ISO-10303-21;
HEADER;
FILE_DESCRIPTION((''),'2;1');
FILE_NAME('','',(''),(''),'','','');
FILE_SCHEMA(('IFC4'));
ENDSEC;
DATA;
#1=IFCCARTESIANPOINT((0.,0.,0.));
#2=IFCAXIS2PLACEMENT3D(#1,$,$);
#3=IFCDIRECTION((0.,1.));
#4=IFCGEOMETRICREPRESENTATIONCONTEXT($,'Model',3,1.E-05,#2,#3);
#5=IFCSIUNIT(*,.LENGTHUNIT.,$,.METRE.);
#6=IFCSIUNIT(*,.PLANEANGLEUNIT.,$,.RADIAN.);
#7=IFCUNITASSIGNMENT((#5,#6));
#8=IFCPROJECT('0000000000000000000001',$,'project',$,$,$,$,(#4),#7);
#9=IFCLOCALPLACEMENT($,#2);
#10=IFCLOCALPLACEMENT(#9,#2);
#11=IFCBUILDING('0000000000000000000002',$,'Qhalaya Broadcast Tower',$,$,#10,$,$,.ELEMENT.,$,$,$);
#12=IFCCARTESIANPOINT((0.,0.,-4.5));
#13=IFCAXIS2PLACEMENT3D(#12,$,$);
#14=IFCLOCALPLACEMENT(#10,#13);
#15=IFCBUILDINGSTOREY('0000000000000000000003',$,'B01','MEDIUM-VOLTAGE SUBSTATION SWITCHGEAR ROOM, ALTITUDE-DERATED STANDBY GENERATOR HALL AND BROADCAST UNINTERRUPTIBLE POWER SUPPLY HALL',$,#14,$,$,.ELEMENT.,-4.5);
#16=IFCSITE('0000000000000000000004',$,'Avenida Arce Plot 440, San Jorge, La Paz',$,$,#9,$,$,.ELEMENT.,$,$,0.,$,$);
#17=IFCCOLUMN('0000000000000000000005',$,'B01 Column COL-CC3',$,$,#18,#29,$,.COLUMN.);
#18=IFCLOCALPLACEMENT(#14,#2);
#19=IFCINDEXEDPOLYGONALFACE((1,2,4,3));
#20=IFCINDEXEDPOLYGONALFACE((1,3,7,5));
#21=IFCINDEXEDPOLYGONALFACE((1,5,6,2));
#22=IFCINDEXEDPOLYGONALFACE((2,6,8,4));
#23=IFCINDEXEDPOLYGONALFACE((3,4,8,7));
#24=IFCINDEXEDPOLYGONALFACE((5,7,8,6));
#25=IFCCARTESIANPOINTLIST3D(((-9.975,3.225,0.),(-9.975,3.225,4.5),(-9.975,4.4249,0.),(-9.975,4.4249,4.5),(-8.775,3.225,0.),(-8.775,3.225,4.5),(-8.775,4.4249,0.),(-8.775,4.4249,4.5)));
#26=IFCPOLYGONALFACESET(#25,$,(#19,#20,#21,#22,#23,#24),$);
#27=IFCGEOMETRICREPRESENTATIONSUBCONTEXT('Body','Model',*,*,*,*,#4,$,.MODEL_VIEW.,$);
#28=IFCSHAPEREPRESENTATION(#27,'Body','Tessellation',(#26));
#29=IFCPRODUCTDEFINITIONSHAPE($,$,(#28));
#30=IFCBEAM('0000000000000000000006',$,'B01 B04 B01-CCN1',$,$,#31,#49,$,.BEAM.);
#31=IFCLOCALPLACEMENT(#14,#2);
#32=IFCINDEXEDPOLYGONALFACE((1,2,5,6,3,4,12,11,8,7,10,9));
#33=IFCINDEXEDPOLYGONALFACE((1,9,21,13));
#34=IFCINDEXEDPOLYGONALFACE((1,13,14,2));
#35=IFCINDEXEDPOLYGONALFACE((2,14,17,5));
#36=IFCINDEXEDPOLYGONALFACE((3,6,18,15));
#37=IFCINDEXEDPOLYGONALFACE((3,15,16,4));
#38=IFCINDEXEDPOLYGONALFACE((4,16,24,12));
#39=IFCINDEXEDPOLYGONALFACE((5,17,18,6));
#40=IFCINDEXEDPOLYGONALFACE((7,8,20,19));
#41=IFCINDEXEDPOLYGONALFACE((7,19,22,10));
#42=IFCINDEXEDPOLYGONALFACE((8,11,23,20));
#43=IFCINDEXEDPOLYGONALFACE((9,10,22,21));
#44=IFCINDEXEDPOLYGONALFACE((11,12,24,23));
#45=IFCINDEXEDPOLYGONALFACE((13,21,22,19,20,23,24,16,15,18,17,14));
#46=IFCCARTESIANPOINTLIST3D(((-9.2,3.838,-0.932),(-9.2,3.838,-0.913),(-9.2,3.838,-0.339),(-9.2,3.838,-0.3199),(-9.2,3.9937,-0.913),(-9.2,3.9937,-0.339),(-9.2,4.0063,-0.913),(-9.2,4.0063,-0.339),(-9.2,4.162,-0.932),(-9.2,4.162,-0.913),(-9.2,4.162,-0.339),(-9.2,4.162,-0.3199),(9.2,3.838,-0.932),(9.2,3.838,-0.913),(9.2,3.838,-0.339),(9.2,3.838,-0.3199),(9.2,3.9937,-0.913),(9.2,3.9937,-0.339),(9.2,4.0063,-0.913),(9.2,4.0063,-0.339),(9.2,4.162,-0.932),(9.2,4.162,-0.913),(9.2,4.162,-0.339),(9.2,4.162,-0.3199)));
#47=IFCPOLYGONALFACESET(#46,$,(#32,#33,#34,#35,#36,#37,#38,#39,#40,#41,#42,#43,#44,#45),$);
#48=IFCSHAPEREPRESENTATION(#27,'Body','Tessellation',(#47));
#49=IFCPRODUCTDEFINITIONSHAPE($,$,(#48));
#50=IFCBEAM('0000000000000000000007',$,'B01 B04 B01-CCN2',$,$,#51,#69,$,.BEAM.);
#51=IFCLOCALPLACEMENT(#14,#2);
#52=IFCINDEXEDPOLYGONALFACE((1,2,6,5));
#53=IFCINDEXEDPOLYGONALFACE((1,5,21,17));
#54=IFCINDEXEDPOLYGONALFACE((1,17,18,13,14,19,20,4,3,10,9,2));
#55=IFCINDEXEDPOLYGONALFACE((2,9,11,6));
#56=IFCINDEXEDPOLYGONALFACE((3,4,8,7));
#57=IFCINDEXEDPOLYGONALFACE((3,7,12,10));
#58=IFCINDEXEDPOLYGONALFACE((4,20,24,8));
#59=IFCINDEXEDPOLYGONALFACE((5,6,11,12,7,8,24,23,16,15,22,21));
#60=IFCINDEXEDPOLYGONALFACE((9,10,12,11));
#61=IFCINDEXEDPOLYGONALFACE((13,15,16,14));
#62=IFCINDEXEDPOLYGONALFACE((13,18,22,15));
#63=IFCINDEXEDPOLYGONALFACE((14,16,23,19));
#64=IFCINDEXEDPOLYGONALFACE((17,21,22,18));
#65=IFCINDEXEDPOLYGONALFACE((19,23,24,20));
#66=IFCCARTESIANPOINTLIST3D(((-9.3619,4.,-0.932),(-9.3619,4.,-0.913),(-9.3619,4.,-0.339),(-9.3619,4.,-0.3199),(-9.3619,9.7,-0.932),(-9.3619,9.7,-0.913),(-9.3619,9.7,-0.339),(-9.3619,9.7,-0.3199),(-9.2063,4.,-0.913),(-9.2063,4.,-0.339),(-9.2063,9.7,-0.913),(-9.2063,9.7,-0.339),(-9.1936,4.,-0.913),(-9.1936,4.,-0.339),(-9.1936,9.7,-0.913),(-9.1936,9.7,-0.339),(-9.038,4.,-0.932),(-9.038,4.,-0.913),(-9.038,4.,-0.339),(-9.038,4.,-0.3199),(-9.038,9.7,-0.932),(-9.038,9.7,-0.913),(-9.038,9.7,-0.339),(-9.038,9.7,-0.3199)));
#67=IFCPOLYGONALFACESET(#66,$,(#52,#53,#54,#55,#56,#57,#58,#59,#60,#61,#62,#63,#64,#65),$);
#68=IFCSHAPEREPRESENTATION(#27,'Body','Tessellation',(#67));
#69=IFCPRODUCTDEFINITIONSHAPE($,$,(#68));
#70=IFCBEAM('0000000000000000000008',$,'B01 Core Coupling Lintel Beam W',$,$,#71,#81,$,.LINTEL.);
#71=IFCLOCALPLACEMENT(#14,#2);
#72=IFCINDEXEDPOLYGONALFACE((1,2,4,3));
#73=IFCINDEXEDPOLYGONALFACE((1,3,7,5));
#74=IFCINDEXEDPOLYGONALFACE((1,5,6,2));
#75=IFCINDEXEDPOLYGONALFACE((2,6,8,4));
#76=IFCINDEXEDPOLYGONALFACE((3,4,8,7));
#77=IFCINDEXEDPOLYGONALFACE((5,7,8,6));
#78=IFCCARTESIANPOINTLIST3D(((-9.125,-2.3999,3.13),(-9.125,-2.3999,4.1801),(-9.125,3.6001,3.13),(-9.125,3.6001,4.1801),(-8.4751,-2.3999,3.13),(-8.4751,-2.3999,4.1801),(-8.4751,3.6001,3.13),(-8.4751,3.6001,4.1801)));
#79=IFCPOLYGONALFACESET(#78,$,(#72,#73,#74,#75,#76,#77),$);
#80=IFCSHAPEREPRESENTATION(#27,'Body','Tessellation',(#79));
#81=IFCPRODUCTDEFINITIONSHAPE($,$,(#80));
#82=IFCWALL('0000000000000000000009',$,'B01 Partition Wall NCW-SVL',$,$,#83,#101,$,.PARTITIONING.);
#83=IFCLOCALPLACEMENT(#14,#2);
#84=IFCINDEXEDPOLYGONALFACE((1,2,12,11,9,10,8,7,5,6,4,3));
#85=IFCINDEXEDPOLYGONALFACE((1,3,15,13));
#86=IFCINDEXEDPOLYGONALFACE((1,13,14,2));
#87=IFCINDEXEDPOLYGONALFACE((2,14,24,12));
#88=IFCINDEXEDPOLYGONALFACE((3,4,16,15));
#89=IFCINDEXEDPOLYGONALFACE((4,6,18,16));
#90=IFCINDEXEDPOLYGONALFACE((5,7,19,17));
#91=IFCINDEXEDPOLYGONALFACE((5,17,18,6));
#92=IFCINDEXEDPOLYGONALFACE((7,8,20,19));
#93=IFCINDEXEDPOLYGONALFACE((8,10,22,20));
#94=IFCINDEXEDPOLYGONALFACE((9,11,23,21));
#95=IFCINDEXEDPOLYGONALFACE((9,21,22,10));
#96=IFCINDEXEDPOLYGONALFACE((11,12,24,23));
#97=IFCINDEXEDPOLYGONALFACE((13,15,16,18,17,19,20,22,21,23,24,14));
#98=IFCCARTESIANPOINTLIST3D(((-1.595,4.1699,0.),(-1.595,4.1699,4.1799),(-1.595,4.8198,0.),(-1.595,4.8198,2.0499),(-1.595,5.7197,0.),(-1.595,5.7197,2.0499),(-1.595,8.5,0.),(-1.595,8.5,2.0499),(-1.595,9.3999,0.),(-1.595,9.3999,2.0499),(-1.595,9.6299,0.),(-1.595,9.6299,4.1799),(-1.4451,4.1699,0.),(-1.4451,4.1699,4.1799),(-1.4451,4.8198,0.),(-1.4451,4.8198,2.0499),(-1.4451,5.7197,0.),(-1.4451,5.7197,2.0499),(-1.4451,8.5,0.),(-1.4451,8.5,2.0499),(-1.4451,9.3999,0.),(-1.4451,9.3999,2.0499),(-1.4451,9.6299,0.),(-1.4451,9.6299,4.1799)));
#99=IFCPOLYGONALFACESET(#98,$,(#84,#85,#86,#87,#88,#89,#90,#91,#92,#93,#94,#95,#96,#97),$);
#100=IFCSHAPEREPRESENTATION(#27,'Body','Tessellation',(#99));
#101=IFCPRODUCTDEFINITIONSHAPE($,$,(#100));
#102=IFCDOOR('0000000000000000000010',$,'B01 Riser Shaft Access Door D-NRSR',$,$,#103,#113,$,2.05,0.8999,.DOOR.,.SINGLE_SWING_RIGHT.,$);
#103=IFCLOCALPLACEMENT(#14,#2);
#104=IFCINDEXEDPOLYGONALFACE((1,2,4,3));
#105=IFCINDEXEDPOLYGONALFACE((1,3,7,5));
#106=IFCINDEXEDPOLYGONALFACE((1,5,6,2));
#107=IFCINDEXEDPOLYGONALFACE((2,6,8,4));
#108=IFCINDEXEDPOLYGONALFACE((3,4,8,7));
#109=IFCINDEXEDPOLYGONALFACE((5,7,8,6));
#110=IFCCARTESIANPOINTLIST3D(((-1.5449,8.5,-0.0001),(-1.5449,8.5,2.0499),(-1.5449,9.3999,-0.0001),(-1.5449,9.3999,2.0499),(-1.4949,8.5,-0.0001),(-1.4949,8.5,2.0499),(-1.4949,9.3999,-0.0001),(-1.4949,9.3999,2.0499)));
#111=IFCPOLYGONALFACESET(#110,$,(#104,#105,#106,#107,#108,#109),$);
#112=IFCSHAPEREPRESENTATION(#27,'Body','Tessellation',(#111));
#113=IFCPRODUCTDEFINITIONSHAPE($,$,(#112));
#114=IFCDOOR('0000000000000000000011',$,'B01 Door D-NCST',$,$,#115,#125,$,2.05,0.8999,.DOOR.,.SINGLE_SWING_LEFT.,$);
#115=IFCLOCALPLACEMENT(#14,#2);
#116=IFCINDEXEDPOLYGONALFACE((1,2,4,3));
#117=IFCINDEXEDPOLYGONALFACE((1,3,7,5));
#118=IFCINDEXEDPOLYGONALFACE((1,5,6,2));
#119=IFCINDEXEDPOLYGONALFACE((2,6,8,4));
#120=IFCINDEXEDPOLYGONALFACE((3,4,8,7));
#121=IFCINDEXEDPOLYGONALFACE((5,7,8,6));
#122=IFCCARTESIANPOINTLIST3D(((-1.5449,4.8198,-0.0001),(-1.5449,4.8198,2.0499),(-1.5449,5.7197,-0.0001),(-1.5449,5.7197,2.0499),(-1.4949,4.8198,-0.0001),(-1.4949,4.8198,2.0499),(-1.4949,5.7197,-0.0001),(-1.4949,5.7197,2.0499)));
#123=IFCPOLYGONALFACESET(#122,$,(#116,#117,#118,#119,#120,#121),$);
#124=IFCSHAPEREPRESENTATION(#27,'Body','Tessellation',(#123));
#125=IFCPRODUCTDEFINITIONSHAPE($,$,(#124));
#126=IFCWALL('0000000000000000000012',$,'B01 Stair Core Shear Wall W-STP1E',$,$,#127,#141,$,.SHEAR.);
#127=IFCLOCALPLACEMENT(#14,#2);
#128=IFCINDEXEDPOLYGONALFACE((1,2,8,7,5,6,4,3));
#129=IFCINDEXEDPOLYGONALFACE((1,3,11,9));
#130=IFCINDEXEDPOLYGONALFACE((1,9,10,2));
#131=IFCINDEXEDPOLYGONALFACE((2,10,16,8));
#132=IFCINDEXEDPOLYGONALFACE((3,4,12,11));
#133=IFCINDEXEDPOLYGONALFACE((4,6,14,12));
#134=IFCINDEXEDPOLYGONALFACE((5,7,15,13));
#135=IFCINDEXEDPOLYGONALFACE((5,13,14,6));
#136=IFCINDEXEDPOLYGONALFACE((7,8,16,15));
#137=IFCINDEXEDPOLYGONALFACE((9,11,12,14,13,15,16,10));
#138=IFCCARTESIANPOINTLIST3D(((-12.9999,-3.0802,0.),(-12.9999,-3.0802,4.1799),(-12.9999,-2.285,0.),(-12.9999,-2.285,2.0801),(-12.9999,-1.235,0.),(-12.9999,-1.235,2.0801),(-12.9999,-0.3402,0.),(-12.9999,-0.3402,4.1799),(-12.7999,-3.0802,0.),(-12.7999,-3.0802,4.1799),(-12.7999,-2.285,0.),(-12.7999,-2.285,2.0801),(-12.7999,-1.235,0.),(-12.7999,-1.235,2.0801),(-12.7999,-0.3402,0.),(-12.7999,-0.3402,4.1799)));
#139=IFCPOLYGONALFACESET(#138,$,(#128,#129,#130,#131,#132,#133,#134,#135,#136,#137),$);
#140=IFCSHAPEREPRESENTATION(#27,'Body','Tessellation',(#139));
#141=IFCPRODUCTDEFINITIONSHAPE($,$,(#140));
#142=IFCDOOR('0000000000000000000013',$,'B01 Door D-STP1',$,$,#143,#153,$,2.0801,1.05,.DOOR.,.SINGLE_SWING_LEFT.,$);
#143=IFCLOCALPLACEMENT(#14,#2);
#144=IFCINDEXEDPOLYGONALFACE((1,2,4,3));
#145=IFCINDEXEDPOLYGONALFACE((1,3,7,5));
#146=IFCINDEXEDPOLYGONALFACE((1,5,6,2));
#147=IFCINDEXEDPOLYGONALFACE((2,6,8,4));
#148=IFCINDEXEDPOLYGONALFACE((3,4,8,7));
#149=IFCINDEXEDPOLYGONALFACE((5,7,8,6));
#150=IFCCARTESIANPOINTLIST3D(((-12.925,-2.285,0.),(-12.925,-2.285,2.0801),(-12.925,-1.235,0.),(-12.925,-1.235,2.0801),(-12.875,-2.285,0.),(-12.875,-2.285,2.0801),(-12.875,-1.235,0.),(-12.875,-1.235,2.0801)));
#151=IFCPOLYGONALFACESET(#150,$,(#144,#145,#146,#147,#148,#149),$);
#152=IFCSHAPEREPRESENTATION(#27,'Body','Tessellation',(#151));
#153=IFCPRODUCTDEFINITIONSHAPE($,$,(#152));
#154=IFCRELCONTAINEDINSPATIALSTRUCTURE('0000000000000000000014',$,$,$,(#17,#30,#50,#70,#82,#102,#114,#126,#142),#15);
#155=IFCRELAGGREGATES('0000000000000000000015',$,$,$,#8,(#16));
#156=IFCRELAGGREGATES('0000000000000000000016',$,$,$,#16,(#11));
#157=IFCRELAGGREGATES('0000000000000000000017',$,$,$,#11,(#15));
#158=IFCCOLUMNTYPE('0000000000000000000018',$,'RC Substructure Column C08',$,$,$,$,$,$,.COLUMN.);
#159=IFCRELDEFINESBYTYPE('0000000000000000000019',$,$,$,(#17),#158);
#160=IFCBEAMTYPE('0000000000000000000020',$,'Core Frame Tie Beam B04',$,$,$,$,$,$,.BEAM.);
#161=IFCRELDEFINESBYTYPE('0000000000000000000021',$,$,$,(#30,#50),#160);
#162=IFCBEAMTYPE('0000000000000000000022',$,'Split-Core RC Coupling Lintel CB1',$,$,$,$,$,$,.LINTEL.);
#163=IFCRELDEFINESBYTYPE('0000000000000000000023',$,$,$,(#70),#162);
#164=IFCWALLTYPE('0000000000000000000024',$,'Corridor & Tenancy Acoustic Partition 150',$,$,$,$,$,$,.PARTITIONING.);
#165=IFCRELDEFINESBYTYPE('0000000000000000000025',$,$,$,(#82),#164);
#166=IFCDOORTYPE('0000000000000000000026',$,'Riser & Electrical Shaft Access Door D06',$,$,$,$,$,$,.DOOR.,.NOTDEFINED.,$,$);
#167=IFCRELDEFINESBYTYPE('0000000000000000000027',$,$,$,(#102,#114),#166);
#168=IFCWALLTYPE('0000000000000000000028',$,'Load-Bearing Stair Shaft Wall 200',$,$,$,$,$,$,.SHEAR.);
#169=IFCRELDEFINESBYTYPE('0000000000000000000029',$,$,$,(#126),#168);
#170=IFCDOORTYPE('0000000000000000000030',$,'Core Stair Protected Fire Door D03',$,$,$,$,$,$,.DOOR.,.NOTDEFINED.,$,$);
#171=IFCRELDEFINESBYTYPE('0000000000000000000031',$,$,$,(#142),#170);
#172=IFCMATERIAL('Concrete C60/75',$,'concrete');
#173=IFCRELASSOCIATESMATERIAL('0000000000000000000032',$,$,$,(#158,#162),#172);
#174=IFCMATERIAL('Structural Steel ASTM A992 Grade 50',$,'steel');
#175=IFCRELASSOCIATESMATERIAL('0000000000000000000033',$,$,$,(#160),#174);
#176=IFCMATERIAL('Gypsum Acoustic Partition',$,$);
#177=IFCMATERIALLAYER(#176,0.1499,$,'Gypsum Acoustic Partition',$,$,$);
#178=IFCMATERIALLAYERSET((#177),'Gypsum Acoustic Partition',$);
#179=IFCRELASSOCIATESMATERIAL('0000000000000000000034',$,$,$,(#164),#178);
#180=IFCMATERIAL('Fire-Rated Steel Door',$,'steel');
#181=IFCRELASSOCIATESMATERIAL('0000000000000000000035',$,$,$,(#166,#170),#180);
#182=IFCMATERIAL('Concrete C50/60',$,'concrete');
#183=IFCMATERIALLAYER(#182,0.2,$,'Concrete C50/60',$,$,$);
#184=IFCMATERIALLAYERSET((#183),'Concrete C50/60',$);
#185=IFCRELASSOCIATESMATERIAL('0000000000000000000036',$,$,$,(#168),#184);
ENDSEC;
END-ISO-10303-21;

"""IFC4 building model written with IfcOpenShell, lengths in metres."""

from ifc_helpers import new_model, si_unit, direction, frame, frame_2d, origin, origin_2d, place, context, subcontext, project, spatial, rectangle, i_section, extrude, material, layer, layer_set, material_profile, profile_set, type_object, element, fill, save


model = new_model("IFC4")

# Units and contexts
model_context = context("Model", 3, precision=1e-05, world=origin(), true_north=direction((0.0, 1.0)))
body_context = subcontext(model_context, "Body", "Model", "MODEL_VIEW")
ifc_project = project(units=[si_unit("LENGTHUNIT", "METRE"), si_unit("PLANEANGLEUNIT", "RADIAN")], contexts=[model_context])

# Site, building, storey
site_placement = place(None, origin())
site = spatial("IfcSite", under=ifc_project, at=site_placement, Name="Avenida Arce Plot 440, San Jorge, La Paz", CompositionType="ELEMENT", RefElevation=0.0)
building_placement = place(site_placement, origin())
building = spatial("IfcBuilding", under=site, at=building_placement, Name="Qhalaya Broadcast Tower", CompositionType="ELEMENT")
storey_placement = place(building_placement, frame((0.0, 0.0, -4.5)))
storey = spatial("IfcBuildingStorey", under=building, at=storey_placement, Name="B01", Description="MEDIUM-VOLTAGE SUBSTATION SWITCHGEAR ROOM, ALTITUDE-DERATED STANDBY GENERATOR HALL AND BROADCAST UNINTERRUPTIBLE POWER SUPPLY HALL", CompositionType="ELEMENT", Elevation=-4.5)

# Column
ifc_material_1 = material(Name="Concrete C60/75", Category="concrete")
ifc_material_profile_1 = material_profile(ifc_material_1, rectangle(XDim=1.2, YDim=1.2, at=origin_2d()), Name="RC-COL 1200x1200")
ifc_profile_set_1 = profile_set([ifc_material_profile_1], Name="Concrete C60/75")
column_type = type_object("IfcColumnType", Name="RC Substructure Column C08", PredefinedType="COLUMN", material=ifc_profile_set_1)
column_placement = place(storey_placement, frame((-9.375, 3.825, 0.0), z_axis=(0.0, 0.0, 1.0), x_axis=(1.0, 0.0, 0.0)))
element("IfcColumn", 1, at=column_placement, inside=storey, type_object=column_type, Name="B01 Column COL-CC3", PredefinedType="COLUMN", context=body_context, shape_type="SweptSolid", body=[
    extrude(rectangle(XDim=1.2, YDim=1.2, at=origin_2d()), origin(), (0.0, 0.0, 1.0), 4.5),
])

# Beams
ifc_material_2 = material(Name="Structural Steel ASTM A992 Grade 50", Category="steel")
ifc_material_profile_2 = material_profile(ifc_material_2, i_section(OverallWidth=0.324, OverallDepth=0.6121, WebThickness=0.0127, FlangeThickness=0.019, at=origin_2d()), Name="W24X104")
ifc_profile_set_2 = profile_set([ifc_material_profile_2], Name="Structural Steel ASTM A992 Grade 50")
beam_type_1 = type_object("IfcBeamType", Name="Core Frame Tie Beam B04", PredefinedType="BEAM", material=ifc_profile_set_2)
beam_1_placement = place(storey_placement, frame((-9.2, 4.0, -0.626), z_axis=(1.0, 0.0, 0.0), x_axis=(0.0, 1.0, 0.0)))
element("IfcBeam", 2, at=beam_1_placement, inside=storey, type_object=beam_type_1, Name="B01 B04 B01-CCN1", PredefinedType="BEAM", context=body_context, shape_type="SweptSolid", body=[
    extrude(i_section(OverallWidth=0.324, OverallDepth=0.6121, WebThickness=0.0127, FlangeThickness=0.019, at=origin_2d()), origin(), (0.0, 0.0, 1.0), 18.3999),
])
beam_2_placement = place(storey_placement, frame((-9.2, 4.0, -0.626), z_axis=(0.0, 1.0, 0.0), x_axis=(-1.0, 0.0, 0.0)))
element("IfcBeam", 3, at=beam_2_placement, inside=storey, type_object=beam_type_1, Name="B01 B04 B01-CCN2", PredefinedType="BEAM", context=body_context, shape_type="SweptSolid", body=[
    extrude(i_section(OverallWidth=0.324, OverallDepth=0.6121, WebThickness=0.0127, FlangeThickness=0.019, at=origin_2d()), origin(), (0.0, 0.0, 1.0), 5.7),
])
ifc_material_profile_3 = material_profile(ifc_material_1, rectangle(XDim=0.6499, YDim=1.05, at=origin_2d()), Name="RC-CB 650x1050")
ifc_profile_set_3 = profile_set([ifc_material_profile_3], Name="Concrete C60/75")
beam_type_2 = type_object("IfcBeamType", Name="Split-Core RC Coupling Lintel CB1", PredefinedType="LINTEL", material=ifc_profile_set_3)
beam_3_placement = place(storey_placement, frame((-8.8, -2.3999, 3.655), z_axis=(0.0, 1.0, 0.0), x_axis=(-1.0, 0.0, 0.0)))
element("IfcBeam", 4, at=beam_3_placement, inside=storey, type_object=beam_type_2, Name="B01 Core Coupling Lintel Beam W", PredefinedType="LINTEL", context=body_context, shape_type="SweptSolid", body=[
    extrude(rectangle(XDim=0.6499, YDim=1.05, at=origin_2d()), origin(), (0.0, 0.0, 1.0), 6.0),
])

# Wall, openings, doors
ifc_material_3 = material(Name="Gypsum Acoustic Partition")
ifc_layer_1 = layer(ifc_material_3, 0.1499, Name="Gypsum Acoustic Partition")
ifc_layer_set_1 = layer_set([ifc_layer_1], Name="Gypsum Acoustic Partition")
wall_type_1 = type_object("IfcWallType", Name="Corridor & Tenancy Acoustic Partition 150", PredefinedType="PARTITIONING", material=ifc_layer_set_1)
wall_1_placement = place(storey_placement, frame((-1.52, 4.1699, 0.0), z_axis=(0.0, 0.0, 1.0), x_axis=(0.0, 1.0, 0.0)))
wall_1 = element("IfcWall", 5, at=wall_1_placement, inside=storey, type_object=wall_type_1, Name="B01 Partition Wall NCW-SVL", PredefinedType="PARTITIONING", context=body_context, shape_type="SweptSolid", body=[
    extrude(rectangle(XDim=5.46, YDim=0.1499, at=frame_2d((2.73, 0.0))), origin(), (0.0, 0.0, 1.0), 4.1799),
])
opening_1_placement = place(wall_1_placement, frame((4.3301, 0.0, 0.0)))
opening_1 = element("IfcOpeningElement", 6, at=opening_1_placement, cuts=wall_1, PredefinedType="OPENING", context=body_context, shape_type="SweptSolid", body=[
    extrude(rectangle(XDim=0.8999, YDim=2.05, at=frame_2d((0.45, 1.0249))), frame((0.0, 0.0869, 0.0), z_axis=(0.0, -1.0, 0.0), x_axis=(1.0, 0.0, 0.0)), (0.0, 0.0, 1.0), 0.1738),
])
opening_2_placement = place(wall_1_placement, frame((0.6499, 0.0, 0.0)))
opening_2 = element("IfcOpeningElement", 7, at=opening_2_placement, cuts=wall_1, PredefinedType="OPENING", context=body_context, shape_type="SweptSolid", body=[
    extrude(rectangle(XDim=0.8999, YDim=2.05, at=frame_2d((0.45, 1.0249))), frame((0.0, 0.0869, 0.0), z_axis=(0.0, -1.0, 0.0), x_axis=(1.0, 0.0, 0.0)), (0.0, 0.0, 1.0), 0.1738),
])
ifc_material_4 = material(Name="Fire-Rated Steel Door", Category="steel")
door_type_1 = type_object("IfcDoorType", Name="Riser & Electrical Shaft Access Door D06", OperationType="NOTDEFINED", PredefinedType="DOOR", material=ifc_material_4)
door_1_placement = place(opening_1_placement, origin())
door_1 = element("IfcDoor", 8, at=door_1_placement, inside=storey, type_object=door_type_1, Name="B01 Riser Shaft Access Door D-NRSR", OperationType="SINGLE_SWING_RIGHT", OverallHeight=2.05, OverallWidth=0.8999, PredefinedType="DOOR", context=body_context, shape_type="SweptSolid", body=[
    extrude(rectangle(XDim=0.8999, YDim=2.05, at=frame_2d((0.45, 1.0249))), frame((0.0, 0.0249, 0.0), z_axis=(0.0, -1.0, 0.0), x_axis=(1.0, 0.0, 0.0)), (0.0, 0.0, 1.0), 0.05),
])
fill(opening_1, door_1)
door_2_placement = place(opening_2_placement, origin())
door_2 = element("IfcDoor", 9, at=door_2_placement, inside=storey, type_object=door_type_1, Name="B01 Door D-NCST", OperationType="SINGLE_SWING_LEFT", OverallHeight=2.05, OverallWidth=0.8999, PredefinedType="DOOR", context=body_context, shape_type="SweptSolid", body=[
    extrude(rectangle(XDim=0.8999, YDim=2.05, at=frame_2d((0.45, 1.0249))), frame((0.0, 0.0249, 0.0), z_axis=(0.0, -1.0, 0.0), x_axis=(1.0, 0.0, 0.0)), (0.0, 0.0, 1.0), 0.05),
])
fill(opening_2, door_2)

# Wall, opening, door
ifc_material_5 = material(Name="Concrete C50/60", Category="concrete")
ifc_layer_2 = layer(ifc_material_5, 0.2, Name="Concrete C50/60")
ifc_layer_set_2 = layer_set([ifc_layer_2], Name="Concrete C50/60")
wall_type_2 = type_object("IfcWallType", Name="Load-Bearing Stair Shaft Wall 200", PredefinedType="SHEAR", material=ifc_layer_set_2)
wall_2_placement = place(storey_placement, frame((-12.8999, -0.3401, 0.0), z_axis=(0.0, 0.0, 1.0), x_axis=(0.0, -1.0, 0.0)))
wall_2 = element("IfcWall", 10, at=wall_2_placement, inside=storey, type_object=wall_type_2, Name="B01 Stair Core Shear Wall W-STP1E", PredefinedType="SHEAR", context=body_context, shape_type="SweptSolid", body=[
    extrude(rectangle(XDim=2.74, YDim=0.2, at=frame_2d((1.3701, 0.0))), origin(), (0.0, 0.0, 1.0), 4.1799),
])
opening_3_placement = place(wall_2_placement, frame((0.895, 0.0, 0.0)))
opening_3 = element("IfcOpeningElement", 11, at=opening_3_placement, cuts=wall_2, PredefinedType="OPENING", context=body_context, shape_type="SweptSolid", body=[
    extrude(rectangle(XDim=1.05, YDim=2.0801, at=frame_2d((0.5249, 1.04))), frame((0.0, 0.1121, 0.0), z_axis=(0.0, -1.0, 0.0), x_axis=(1.0, 0.0, 0.0)), (0.0, 0.0, 1.0), 0.2239),
])
door_type_2 = type_object("IfcDoorType", Name="Core Stair Protected Fire Door D03", OperationType="NOTDEFINED", PredefinedType="DOOR", material=ifc_material_4)
door_3_placement = place(opening_3_placement, origin())
door_3 = element("IfcDoor", 12, at=door_3_placement, inside=storey, type_object=door_type_2, Name="B01 Door D-STP1", OperationType="SINGLE_SWING_LEFT", OverallHeight=2.0801, OverallWidth=1.05, PredefinedType="DOOR", context=body_context, shape_type="SweptSolid", body=[
    extrude(rectangle(XDim=1.05, YDim=2.0801, at=frame_2d((0.5249, 1.04))), frame((0.0, 0.0249, 0.0), z_axis=(0.0, -1.0, 0.0), x_axis=(1.0, 0.0, 0.0)), (0.0, 0.0, 1.0), 0.05),
])
fill(opening_3, door_3)

save(model, "model.ifc")
